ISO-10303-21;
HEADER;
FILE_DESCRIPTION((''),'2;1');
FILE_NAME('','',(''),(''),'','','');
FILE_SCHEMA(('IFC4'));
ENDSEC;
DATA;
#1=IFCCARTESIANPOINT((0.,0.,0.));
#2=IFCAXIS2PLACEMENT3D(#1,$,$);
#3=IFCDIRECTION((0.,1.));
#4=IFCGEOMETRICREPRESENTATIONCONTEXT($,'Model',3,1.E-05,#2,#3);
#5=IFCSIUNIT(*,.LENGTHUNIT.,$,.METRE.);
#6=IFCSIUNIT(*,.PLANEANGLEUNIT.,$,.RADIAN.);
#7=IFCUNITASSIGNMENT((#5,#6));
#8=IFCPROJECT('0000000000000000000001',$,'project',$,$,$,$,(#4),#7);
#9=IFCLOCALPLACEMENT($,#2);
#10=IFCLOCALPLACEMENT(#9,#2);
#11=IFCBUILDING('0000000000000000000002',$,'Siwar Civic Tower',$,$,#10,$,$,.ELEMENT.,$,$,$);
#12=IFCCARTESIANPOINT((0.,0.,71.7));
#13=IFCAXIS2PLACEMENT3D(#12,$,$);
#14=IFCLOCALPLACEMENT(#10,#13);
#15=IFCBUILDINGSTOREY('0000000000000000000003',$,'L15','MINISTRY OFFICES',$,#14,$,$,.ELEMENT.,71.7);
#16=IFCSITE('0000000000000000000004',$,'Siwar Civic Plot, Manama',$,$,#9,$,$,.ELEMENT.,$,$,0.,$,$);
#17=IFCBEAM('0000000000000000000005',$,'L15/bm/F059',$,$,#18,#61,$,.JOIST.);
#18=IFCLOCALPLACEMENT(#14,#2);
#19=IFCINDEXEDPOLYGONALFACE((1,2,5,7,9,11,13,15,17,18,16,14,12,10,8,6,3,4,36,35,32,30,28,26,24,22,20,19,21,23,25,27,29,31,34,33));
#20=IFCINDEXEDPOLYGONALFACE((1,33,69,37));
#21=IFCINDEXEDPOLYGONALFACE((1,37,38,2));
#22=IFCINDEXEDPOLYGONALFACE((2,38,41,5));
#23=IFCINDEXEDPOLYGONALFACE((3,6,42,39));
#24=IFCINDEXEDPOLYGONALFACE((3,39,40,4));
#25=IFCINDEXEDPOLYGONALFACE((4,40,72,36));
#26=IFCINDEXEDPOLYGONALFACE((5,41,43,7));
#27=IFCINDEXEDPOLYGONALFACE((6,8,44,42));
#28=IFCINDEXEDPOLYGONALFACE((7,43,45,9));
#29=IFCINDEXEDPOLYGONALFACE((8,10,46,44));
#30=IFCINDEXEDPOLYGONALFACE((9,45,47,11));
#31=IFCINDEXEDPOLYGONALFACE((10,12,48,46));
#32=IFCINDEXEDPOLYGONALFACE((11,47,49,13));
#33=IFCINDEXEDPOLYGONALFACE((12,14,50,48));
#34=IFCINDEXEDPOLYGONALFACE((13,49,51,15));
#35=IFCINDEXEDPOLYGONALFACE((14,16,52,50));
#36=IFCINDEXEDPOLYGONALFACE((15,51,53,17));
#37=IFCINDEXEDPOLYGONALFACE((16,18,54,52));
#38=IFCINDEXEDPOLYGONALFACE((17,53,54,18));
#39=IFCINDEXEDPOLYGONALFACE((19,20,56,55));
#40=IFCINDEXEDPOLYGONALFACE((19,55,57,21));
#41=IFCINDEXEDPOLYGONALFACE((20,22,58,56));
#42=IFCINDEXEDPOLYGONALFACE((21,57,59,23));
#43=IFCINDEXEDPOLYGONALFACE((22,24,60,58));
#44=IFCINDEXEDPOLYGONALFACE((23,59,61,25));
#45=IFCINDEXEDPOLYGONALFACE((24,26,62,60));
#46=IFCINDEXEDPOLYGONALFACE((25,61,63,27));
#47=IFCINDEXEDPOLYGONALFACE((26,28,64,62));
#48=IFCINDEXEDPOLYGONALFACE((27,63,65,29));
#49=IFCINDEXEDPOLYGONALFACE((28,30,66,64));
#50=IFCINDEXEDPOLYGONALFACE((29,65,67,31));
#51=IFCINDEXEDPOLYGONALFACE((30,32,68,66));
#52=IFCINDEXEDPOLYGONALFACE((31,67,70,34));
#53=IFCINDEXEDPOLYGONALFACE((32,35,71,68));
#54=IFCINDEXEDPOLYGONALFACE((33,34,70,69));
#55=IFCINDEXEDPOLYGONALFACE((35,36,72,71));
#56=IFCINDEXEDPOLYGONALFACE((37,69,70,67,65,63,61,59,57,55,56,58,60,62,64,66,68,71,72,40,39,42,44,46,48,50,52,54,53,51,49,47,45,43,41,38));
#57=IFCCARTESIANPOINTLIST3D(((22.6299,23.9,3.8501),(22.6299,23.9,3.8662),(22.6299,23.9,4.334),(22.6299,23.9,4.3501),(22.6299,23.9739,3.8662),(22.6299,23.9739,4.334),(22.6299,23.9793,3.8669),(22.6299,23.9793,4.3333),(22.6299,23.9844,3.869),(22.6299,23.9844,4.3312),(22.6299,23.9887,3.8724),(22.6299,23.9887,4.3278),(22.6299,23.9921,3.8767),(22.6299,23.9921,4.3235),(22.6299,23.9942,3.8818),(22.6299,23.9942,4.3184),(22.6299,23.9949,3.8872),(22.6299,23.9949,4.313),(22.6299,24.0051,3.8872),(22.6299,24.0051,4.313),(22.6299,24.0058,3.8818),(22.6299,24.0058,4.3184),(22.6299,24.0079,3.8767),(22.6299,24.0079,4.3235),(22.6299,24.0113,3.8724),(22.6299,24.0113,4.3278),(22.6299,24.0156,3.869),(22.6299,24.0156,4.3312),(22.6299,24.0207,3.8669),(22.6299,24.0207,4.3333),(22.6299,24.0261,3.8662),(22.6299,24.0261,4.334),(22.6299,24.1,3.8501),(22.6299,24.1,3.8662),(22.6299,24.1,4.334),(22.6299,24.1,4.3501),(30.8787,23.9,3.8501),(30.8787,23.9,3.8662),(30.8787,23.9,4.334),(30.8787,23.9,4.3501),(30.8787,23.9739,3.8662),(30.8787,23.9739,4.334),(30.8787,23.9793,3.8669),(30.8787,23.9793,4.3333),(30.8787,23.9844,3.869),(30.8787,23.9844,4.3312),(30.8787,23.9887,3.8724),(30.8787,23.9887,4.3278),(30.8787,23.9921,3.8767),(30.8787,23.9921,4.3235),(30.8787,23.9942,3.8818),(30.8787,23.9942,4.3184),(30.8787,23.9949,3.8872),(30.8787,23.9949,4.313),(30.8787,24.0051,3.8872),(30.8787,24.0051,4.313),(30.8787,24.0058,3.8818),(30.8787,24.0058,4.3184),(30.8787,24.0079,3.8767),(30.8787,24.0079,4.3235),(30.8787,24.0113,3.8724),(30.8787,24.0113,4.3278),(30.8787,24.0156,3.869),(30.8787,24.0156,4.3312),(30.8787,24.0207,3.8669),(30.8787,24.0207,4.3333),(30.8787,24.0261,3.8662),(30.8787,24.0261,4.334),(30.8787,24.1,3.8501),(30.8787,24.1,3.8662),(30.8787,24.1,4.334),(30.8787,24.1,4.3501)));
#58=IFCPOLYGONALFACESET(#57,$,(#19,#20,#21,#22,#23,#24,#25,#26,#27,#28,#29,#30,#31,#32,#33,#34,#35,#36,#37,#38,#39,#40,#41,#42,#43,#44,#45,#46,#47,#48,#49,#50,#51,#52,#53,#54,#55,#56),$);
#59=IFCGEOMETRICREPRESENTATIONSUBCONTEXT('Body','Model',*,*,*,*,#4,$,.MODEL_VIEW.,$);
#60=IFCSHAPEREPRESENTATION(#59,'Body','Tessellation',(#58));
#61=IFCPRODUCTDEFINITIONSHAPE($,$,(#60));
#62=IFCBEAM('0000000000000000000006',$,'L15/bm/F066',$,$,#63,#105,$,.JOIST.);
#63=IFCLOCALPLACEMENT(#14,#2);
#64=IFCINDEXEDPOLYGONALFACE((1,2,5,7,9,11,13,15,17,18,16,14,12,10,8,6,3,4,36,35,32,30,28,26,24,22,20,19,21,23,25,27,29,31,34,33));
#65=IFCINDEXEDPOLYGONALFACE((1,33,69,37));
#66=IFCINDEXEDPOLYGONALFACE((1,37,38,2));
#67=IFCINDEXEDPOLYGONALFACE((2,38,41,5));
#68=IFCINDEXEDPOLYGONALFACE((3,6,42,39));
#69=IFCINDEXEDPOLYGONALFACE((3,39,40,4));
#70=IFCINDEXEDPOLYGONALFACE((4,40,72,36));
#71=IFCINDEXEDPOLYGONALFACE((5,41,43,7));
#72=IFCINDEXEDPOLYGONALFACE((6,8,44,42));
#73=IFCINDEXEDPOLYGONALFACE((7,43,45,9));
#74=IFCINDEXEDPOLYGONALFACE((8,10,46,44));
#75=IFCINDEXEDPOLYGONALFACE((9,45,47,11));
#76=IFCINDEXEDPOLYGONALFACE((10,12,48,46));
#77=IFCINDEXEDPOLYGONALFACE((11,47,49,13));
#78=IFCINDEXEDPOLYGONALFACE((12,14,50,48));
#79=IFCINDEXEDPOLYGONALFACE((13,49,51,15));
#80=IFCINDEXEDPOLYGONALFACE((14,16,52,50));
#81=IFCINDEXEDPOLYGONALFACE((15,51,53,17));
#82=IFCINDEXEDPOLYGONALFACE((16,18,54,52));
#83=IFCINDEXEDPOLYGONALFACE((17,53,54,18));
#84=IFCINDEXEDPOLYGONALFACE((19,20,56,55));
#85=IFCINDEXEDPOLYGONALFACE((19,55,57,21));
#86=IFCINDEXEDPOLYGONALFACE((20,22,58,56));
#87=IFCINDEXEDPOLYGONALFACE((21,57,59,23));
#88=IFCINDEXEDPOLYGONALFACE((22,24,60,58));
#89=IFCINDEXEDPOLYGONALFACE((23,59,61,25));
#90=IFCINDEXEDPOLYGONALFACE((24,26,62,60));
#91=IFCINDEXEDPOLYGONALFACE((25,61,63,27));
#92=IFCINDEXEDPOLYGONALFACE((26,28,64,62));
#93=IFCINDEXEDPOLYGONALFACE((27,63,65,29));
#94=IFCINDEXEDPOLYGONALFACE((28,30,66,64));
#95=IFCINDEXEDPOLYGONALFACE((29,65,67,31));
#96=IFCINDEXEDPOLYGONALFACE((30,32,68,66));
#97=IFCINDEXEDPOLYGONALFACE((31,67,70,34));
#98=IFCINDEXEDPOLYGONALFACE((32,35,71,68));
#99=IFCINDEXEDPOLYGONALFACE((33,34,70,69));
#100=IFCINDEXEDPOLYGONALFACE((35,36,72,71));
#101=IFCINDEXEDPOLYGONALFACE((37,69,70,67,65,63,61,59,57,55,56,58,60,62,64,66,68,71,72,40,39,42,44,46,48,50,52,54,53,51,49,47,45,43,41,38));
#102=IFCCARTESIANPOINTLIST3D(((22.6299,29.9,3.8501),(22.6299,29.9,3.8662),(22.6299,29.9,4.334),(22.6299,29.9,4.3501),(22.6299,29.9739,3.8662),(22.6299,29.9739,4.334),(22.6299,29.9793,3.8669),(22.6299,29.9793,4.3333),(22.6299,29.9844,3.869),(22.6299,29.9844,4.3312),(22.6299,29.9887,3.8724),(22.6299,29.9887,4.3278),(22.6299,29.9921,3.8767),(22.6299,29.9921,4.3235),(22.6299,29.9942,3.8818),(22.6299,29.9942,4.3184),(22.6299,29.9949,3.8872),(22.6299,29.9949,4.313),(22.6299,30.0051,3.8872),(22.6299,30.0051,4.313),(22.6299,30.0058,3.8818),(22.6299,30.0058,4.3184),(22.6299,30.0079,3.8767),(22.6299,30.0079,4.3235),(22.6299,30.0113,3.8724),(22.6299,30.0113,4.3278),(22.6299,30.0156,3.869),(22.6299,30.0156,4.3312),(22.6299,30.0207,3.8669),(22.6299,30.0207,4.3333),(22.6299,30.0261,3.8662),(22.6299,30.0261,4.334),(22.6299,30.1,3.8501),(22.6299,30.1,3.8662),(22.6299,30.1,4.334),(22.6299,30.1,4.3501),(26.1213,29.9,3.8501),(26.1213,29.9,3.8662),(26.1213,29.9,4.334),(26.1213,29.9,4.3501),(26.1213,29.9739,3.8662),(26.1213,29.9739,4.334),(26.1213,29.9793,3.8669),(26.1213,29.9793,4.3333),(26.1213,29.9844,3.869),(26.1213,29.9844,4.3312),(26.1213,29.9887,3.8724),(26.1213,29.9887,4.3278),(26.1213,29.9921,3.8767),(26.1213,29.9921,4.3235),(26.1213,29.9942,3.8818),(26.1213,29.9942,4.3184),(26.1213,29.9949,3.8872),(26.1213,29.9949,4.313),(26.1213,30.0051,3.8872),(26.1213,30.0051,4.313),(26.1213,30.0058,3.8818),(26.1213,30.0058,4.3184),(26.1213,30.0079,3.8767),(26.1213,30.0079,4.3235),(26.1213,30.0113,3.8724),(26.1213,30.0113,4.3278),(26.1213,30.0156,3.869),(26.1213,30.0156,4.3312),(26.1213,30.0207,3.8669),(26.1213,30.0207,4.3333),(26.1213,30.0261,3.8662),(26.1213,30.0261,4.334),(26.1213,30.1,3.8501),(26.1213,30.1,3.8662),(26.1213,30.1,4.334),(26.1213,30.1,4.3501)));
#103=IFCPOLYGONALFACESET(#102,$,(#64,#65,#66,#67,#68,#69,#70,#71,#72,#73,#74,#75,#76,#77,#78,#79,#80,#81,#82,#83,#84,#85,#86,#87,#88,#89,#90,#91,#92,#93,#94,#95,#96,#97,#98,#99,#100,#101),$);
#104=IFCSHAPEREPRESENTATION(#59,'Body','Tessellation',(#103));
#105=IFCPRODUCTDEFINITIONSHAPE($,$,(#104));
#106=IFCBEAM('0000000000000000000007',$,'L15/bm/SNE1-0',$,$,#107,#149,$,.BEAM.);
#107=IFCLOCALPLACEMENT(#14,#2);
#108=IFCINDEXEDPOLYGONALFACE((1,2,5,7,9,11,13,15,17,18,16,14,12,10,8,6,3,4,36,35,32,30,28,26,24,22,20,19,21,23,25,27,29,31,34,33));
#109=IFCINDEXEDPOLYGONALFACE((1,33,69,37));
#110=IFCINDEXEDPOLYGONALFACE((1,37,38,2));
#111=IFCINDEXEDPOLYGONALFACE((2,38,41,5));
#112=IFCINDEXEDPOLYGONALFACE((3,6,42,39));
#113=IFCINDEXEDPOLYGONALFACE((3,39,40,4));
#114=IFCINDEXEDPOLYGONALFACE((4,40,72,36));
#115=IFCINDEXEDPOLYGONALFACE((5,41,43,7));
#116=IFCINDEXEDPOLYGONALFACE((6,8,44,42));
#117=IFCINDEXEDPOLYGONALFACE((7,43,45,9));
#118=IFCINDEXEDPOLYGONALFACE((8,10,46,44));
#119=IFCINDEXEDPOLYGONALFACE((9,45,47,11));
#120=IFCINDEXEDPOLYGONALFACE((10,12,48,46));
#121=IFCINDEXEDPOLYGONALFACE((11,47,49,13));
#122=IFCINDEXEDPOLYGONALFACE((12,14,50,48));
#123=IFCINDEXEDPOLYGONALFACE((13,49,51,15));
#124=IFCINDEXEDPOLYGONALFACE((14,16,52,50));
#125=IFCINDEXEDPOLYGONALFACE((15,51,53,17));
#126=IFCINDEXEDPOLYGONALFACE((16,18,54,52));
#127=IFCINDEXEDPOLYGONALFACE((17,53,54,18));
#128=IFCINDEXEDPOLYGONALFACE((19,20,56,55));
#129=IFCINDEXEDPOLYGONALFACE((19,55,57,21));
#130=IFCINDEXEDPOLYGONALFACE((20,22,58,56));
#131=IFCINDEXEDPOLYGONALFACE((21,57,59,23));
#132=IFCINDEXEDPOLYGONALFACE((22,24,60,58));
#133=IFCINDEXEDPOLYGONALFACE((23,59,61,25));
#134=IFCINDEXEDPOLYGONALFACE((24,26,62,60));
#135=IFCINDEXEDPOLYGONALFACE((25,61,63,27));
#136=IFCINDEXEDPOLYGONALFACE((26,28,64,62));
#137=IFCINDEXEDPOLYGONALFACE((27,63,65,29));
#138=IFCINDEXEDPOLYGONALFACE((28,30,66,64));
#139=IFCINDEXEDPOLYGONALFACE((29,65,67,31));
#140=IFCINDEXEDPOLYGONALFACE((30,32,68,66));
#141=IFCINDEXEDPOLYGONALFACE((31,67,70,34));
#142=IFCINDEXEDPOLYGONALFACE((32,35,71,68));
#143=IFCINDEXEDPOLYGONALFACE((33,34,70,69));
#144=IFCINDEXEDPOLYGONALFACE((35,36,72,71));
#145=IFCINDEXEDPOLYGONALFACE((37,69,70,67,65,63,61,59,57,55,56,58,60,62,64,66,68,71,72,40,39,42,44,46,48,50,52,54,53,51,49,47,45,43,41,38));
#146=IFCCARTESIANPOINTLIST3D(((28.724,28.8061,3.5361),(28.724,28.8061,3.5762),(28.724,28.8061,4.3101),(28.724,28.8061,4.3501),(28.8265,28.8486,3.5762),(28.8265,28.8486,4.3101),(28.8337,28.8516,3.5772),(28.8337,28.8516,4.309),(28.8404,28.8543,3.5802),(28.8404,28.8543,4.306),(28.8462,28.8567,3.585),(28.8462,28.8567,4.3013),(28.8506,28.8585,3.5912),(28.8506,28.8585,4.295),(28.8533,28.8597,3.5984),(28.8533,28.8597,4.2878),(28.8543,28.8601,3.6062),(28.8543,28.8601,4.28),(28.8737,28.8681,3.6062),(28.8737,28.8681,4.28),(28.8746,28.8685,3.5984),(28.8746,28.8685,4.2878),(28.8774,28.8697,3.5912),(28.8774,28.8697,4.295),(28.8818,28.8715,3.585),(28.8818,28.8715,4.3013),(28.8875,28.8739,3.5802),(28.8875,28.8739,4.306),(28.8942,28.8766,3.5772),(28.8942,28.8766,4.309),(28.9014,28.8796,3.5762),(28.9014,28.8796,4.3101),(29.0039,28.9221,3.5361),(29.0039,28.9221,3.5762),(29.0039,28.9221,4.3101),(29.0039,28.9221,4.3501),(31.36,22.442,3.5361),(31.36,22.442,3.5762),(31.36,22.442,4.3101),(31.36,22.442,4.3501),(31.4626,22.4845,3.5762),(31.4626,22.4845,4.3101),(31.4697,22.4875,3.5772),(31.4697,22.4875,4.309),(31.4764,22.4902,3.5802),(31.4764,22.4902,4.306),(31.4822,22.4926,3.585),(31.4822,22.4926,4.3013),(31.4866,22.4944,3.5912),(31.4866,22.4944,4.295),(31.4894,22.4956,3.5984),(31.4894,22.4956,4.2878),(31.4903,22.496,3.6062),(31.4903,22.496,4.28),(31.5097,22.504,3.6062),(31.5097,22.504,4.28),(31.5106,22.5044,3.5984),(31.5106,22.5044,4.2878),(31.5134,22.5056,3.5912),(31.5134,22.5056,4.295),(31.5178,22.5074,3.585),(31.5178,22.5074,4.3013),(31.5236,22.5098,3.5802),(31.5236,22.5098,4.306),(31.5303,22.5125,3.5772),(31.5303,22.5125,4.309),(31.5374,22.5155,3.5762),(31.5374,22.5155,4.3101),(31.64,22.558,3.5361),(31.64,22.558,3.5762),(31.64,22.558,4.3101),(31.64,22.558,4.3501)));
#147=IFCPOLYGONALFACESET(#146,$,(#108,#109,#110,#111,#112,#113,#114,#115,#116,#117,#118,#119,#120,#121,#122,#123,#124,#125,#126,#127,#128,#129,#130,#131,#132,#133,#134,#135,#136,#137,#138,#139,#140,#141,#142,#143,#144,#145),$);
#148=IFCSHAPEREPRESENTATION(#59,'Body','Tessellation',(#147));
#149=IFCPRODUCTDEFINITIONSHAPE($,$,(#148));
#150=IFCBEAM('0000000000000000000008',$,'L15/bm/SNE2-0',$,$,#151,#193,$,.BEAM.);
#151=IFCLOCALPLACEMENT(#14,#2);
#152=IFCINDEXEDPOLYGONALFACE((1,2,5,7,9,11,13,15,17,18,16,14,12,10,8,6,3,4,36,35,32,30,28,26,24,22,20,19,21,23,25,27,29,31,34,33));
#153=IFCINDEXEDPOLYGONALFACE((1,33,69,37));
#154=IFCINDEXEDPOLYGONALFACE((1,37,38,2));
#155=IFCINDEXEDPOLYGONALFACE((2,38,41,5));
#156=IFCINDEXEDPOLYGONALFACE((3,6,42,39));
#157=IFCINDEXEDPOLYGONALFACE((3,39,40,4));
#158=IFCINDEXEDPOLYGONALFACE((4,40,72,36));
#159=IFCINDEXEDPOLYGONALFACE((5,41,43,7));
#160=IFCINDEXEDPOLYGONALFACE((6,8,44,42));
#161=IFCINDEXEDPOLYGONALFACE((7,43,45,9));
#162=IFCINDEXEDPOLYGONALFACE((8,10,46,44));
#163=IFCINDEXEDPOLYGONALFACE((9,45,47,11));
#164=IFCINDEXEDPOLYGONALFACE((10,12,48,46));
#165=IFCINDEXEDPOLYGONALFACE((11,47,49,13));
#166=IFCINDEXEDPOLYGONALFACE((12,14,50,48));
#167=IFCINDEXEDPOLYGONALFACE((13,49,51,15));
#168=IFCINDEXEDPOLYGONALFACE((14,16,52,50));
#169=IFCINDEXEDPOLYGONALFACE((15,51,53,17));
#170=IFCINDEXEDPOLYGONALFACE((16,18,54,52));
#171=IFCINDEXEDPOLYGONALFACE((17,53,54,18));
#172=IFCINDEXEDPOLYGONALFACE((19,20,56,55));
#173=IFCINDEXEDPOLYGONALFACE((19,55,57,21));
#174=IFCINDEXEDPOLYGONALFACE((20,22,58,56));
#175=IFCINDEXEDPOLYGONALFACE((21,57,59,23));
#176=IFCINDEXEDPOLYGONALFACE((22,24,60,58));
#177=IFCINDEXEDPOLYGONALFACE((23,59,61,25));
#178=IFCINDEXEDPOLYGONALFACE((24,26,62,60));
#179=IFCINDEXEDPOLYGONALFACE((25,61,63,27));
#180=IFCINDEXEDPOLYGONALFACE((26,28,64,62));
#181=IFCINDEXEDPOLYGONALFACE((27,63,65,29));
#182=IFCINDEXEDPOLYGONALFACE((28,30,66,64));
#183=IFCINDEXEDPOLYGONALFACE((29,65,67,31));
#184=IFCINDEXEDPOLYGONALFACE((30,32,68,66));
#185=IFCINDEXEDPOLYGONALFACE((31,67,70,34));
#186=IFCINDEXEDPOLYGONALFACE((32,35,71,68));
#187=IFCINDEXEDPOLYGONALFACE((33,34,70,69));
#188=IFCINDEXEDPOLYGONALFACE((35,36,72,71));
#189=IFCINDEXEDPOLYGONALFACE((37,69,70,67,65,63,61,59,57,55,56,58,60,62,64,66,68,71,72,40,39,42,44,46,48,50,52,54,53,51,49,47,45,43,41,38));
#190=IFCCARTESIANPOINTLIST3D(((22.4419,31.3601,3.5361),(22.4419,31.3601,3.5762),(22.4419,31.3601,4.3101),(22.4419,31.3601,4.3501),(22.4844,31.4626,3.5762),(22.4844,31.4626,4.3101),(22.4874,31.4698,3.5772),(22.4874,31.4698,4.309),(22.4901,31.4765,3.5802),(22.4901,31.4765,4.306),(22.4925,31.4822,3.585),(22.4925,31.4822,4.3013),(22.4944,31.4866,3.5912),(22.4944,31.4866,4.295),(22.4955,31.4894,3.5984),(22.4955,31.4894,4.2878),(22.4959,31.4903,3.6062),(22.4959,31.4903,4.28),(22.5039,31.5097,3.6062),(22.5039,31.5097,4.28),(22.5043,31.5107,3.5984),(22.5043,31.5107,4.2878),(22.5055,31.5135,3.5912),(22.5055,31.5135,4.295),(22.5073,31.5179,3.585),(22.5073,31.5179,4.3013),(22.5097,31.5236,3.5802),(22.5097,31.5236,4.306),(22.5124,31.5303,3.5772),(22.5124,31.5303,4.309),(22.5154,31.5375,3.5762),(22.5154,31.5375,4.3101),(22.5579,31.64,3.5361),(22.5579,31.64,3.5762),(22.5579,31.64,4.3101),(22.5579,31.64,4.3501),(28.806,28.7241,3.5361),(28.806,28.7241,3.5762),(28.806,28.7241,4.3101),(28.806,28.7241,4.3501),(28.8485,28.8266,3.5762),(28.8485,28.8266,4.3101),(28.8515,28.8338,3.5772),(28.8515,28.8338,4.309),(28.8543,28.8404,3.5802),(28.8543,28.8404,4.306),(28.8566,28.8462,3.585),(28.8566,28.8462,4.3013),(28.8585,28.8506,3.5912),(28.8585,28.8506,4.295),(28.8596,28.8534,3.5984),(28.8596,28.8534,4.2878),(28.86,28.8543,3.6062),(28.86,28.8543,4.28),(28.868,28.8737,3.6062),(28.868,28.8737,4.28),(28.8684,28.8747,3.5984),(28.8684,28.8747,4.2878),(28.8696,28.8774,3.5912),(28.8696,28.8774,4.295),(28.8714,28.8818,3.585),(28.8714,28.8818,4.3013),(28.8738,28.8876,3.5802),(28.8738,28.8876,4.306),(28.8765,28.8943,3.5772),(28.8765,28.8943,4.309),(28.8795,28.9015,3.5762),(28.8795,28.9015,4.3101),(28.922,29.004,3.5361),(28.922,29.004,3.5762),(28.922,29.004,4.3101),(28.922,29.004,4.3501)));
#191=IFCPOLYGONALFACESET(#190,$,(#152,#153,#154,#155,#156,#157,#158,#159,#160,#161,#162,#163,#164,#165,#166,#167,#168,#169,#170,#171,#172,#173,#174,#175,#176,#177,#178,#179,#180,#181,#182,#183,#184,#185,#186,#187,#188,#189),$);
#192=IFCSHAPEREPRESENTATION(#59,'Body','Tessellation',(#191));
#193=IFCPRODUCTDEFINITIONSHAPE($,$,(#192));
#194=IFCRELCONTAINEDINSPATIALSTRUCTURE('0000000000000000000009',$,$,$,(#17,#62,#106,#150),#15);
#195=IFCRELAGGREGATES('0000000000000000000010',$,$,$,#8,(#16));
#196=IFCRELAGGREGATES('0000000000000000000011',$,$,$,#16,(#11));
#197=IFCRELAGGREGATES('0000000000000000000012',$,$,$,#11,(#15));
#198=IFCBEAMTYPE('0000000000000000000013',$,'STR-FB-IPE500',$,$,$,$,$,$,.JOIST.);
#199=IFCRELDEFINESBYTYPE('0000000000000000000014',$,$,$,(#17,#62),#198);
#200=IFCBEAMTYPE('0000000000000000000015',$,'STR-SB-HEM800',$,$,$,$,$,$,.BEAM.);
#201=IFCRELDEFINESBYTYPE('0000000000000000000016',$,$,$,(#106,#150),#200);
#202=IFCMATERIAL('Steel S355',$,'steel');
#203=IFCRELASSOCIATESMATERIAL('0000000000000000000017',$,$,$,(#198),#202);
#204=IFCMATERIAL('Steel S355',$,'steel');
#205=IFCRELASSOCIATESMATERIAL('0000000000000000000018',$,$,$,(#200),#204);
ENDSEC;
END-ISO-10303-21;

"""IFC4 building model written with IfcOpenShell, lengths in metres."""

from ifc_helpers import new_model, si_unit, direction, frame, origin, origin_2d, place, context, subcontext, project, spatial, i_section, extrude, material, material_profile, profile_set, type_object, element, save


model = new_model("IFC4")

# Units and contexts
model_context = context("Model", 3, precision=1e-05, world=origin(), true_north=direction((0.0, 1.0)))
body_context = subcontext(model_context, "Body", "Model", "MODEL_VIEW")
ifc_project = project(units=[si_unit("LENGTHUNIT", "METRE"), si_unit("PLANEANGLEUNIT", "RADIAN")], contexts=[model_context])

# Site, building, storey
site_placement = place(None, origin())
site = spatial("IfcSite", under=ifc_project, at=site_placement, Name="Siwar Civic Plot, Manama", CompositionType="ELEMENT", RefElevation=0.0)
building_placement = place(site_placement, origin())
building = spatial("IfcBuilding", under=site, at=building_placement, Name="Siwar Civic Tower", CompositionType="ELEMENT")
storey_placement = place(building_placement, frame((0.0, 0.0, 71.7)))
storey = spatial("IfcBuildingStorey", under=building, at=storey_placement, Name="L15", Description="MINISTRY OFFICES", CompositionType="ELEMENT", Elevation=71.7)

# Beams
ifc_material_1 = material(Name="Steel S355", Category="steel")
ifc_material_profile_1 = material_profile(ifc_material_1, i_section(OverallWidth=0.2, OverallDepth=0.5, WebThickness=0.0103, FlangeThickness=0.0161, FilletRadius=0.021, at=origin_2d()), Name="IPE500")
ifc_profile_set_1 = profile_set([ifc_material_profile_1], Name="Steel S355")
beam_type_1 = type_object("IfcBeamType", Name="STR-FB-IPE500", PredefinedType="JOIST", material=ifc_profile_set_1)
beam_1_placement = place(storey_placement, frame((22.6299, 24.0, 4.1001), z_axis=(1.0, 0.0, 0.0), x_axis=(0.0, 1.0, 0.0)))
element("IfcBeam", 1, at=beam_1_placement, inside=storey, type_object=beam_type_1, Name="L15/bm/F059", PredefinedType="JOIST", context=body_context, shape_type="SweptSolid", body=[
    extrude(i_section(OverallWidth=0.2, OverallDepth=0.5, WebThickness=0.0103, FlangeThickness=0.0161, FilletRadius=0.021, at=origin_2d()), origin(), (0.0, 0.0, 1.0), 8.2488),
])
beam_2_placement = place(storey_placement, frame((22.6299, 30.0, 4.1001), z_axis=(1.0, 0.0, 0.0), x_axis=(0.0, 1.0, 0.0)))
element("IfcBeam", 2, at=beam_2_placement, inside=storey, type_object=beam_type_1, Name="L15/bm/F066", PredefinedType="JOIST", context=body_context, shape_type="SweptSolid", body=[
    extrude(i_section(OverallWidth=0.2, OverallDepth=0.5, WebThickness=0.0103, FlangeThickness=0.0161, FilletRadius=0.021, at=origin_2d()), origin(), (0.0, 0.0, 1.0), 3.4915),
])
ifc_material_2 = material(Name="Steel S355", Category="steel")
ifc_material_profile_2 = material_profile(ifc_material_2, i_section(OverallWidth=0.303, OverallDepth=0.814, WebThickness=0.021, FlangeThickness=0.04, FilletRadius=0.03, at=origin_2d()), Name="HEM800")
ifc_profile_set_2 = profile_set([ifc_material_profile_2], Name="Steel S355")
beam_type_2 = type_object("IfcBeamType", Name="STR-SB-HEM800", PredefinedType="BEAM", material=ifc_profile_set_2)
for number, where, z_axis, x_axis, name in (
    (3, (31.5, 22.5, 3.9431), (-0.382674, 0.923883, 0.0), (-0.923883, -0.382674, 0.0), "L15/bm/SNE1-0"),
    (4, (28.864, 28.864, 3.9431), (-0.923883, 0.382674, 0.0), (-0.382674, -0.923883, 0.0), "L15/bm/SNE2-0"),
):
    element("IfcBeam", number, at=place(storey_placement, frame(where, z_axis=z_axis, x_axis=x_axis)), inside=storey, type_object=beam_type_2, Name=name, PredefinedType="BEAM", context=body_context, shape_type="SweptSolid", body=[
        extrude(i_section(OverallWidth=0.303, OverallDepth=0.814, WebThickness=0.021, FlangeThickness=0.04, FilletRadius=0.03, at=origin_2d()), origin(), (0.0, 0.0, 1.0), 6.8884),
    ])

save(model, "model.ifc")
